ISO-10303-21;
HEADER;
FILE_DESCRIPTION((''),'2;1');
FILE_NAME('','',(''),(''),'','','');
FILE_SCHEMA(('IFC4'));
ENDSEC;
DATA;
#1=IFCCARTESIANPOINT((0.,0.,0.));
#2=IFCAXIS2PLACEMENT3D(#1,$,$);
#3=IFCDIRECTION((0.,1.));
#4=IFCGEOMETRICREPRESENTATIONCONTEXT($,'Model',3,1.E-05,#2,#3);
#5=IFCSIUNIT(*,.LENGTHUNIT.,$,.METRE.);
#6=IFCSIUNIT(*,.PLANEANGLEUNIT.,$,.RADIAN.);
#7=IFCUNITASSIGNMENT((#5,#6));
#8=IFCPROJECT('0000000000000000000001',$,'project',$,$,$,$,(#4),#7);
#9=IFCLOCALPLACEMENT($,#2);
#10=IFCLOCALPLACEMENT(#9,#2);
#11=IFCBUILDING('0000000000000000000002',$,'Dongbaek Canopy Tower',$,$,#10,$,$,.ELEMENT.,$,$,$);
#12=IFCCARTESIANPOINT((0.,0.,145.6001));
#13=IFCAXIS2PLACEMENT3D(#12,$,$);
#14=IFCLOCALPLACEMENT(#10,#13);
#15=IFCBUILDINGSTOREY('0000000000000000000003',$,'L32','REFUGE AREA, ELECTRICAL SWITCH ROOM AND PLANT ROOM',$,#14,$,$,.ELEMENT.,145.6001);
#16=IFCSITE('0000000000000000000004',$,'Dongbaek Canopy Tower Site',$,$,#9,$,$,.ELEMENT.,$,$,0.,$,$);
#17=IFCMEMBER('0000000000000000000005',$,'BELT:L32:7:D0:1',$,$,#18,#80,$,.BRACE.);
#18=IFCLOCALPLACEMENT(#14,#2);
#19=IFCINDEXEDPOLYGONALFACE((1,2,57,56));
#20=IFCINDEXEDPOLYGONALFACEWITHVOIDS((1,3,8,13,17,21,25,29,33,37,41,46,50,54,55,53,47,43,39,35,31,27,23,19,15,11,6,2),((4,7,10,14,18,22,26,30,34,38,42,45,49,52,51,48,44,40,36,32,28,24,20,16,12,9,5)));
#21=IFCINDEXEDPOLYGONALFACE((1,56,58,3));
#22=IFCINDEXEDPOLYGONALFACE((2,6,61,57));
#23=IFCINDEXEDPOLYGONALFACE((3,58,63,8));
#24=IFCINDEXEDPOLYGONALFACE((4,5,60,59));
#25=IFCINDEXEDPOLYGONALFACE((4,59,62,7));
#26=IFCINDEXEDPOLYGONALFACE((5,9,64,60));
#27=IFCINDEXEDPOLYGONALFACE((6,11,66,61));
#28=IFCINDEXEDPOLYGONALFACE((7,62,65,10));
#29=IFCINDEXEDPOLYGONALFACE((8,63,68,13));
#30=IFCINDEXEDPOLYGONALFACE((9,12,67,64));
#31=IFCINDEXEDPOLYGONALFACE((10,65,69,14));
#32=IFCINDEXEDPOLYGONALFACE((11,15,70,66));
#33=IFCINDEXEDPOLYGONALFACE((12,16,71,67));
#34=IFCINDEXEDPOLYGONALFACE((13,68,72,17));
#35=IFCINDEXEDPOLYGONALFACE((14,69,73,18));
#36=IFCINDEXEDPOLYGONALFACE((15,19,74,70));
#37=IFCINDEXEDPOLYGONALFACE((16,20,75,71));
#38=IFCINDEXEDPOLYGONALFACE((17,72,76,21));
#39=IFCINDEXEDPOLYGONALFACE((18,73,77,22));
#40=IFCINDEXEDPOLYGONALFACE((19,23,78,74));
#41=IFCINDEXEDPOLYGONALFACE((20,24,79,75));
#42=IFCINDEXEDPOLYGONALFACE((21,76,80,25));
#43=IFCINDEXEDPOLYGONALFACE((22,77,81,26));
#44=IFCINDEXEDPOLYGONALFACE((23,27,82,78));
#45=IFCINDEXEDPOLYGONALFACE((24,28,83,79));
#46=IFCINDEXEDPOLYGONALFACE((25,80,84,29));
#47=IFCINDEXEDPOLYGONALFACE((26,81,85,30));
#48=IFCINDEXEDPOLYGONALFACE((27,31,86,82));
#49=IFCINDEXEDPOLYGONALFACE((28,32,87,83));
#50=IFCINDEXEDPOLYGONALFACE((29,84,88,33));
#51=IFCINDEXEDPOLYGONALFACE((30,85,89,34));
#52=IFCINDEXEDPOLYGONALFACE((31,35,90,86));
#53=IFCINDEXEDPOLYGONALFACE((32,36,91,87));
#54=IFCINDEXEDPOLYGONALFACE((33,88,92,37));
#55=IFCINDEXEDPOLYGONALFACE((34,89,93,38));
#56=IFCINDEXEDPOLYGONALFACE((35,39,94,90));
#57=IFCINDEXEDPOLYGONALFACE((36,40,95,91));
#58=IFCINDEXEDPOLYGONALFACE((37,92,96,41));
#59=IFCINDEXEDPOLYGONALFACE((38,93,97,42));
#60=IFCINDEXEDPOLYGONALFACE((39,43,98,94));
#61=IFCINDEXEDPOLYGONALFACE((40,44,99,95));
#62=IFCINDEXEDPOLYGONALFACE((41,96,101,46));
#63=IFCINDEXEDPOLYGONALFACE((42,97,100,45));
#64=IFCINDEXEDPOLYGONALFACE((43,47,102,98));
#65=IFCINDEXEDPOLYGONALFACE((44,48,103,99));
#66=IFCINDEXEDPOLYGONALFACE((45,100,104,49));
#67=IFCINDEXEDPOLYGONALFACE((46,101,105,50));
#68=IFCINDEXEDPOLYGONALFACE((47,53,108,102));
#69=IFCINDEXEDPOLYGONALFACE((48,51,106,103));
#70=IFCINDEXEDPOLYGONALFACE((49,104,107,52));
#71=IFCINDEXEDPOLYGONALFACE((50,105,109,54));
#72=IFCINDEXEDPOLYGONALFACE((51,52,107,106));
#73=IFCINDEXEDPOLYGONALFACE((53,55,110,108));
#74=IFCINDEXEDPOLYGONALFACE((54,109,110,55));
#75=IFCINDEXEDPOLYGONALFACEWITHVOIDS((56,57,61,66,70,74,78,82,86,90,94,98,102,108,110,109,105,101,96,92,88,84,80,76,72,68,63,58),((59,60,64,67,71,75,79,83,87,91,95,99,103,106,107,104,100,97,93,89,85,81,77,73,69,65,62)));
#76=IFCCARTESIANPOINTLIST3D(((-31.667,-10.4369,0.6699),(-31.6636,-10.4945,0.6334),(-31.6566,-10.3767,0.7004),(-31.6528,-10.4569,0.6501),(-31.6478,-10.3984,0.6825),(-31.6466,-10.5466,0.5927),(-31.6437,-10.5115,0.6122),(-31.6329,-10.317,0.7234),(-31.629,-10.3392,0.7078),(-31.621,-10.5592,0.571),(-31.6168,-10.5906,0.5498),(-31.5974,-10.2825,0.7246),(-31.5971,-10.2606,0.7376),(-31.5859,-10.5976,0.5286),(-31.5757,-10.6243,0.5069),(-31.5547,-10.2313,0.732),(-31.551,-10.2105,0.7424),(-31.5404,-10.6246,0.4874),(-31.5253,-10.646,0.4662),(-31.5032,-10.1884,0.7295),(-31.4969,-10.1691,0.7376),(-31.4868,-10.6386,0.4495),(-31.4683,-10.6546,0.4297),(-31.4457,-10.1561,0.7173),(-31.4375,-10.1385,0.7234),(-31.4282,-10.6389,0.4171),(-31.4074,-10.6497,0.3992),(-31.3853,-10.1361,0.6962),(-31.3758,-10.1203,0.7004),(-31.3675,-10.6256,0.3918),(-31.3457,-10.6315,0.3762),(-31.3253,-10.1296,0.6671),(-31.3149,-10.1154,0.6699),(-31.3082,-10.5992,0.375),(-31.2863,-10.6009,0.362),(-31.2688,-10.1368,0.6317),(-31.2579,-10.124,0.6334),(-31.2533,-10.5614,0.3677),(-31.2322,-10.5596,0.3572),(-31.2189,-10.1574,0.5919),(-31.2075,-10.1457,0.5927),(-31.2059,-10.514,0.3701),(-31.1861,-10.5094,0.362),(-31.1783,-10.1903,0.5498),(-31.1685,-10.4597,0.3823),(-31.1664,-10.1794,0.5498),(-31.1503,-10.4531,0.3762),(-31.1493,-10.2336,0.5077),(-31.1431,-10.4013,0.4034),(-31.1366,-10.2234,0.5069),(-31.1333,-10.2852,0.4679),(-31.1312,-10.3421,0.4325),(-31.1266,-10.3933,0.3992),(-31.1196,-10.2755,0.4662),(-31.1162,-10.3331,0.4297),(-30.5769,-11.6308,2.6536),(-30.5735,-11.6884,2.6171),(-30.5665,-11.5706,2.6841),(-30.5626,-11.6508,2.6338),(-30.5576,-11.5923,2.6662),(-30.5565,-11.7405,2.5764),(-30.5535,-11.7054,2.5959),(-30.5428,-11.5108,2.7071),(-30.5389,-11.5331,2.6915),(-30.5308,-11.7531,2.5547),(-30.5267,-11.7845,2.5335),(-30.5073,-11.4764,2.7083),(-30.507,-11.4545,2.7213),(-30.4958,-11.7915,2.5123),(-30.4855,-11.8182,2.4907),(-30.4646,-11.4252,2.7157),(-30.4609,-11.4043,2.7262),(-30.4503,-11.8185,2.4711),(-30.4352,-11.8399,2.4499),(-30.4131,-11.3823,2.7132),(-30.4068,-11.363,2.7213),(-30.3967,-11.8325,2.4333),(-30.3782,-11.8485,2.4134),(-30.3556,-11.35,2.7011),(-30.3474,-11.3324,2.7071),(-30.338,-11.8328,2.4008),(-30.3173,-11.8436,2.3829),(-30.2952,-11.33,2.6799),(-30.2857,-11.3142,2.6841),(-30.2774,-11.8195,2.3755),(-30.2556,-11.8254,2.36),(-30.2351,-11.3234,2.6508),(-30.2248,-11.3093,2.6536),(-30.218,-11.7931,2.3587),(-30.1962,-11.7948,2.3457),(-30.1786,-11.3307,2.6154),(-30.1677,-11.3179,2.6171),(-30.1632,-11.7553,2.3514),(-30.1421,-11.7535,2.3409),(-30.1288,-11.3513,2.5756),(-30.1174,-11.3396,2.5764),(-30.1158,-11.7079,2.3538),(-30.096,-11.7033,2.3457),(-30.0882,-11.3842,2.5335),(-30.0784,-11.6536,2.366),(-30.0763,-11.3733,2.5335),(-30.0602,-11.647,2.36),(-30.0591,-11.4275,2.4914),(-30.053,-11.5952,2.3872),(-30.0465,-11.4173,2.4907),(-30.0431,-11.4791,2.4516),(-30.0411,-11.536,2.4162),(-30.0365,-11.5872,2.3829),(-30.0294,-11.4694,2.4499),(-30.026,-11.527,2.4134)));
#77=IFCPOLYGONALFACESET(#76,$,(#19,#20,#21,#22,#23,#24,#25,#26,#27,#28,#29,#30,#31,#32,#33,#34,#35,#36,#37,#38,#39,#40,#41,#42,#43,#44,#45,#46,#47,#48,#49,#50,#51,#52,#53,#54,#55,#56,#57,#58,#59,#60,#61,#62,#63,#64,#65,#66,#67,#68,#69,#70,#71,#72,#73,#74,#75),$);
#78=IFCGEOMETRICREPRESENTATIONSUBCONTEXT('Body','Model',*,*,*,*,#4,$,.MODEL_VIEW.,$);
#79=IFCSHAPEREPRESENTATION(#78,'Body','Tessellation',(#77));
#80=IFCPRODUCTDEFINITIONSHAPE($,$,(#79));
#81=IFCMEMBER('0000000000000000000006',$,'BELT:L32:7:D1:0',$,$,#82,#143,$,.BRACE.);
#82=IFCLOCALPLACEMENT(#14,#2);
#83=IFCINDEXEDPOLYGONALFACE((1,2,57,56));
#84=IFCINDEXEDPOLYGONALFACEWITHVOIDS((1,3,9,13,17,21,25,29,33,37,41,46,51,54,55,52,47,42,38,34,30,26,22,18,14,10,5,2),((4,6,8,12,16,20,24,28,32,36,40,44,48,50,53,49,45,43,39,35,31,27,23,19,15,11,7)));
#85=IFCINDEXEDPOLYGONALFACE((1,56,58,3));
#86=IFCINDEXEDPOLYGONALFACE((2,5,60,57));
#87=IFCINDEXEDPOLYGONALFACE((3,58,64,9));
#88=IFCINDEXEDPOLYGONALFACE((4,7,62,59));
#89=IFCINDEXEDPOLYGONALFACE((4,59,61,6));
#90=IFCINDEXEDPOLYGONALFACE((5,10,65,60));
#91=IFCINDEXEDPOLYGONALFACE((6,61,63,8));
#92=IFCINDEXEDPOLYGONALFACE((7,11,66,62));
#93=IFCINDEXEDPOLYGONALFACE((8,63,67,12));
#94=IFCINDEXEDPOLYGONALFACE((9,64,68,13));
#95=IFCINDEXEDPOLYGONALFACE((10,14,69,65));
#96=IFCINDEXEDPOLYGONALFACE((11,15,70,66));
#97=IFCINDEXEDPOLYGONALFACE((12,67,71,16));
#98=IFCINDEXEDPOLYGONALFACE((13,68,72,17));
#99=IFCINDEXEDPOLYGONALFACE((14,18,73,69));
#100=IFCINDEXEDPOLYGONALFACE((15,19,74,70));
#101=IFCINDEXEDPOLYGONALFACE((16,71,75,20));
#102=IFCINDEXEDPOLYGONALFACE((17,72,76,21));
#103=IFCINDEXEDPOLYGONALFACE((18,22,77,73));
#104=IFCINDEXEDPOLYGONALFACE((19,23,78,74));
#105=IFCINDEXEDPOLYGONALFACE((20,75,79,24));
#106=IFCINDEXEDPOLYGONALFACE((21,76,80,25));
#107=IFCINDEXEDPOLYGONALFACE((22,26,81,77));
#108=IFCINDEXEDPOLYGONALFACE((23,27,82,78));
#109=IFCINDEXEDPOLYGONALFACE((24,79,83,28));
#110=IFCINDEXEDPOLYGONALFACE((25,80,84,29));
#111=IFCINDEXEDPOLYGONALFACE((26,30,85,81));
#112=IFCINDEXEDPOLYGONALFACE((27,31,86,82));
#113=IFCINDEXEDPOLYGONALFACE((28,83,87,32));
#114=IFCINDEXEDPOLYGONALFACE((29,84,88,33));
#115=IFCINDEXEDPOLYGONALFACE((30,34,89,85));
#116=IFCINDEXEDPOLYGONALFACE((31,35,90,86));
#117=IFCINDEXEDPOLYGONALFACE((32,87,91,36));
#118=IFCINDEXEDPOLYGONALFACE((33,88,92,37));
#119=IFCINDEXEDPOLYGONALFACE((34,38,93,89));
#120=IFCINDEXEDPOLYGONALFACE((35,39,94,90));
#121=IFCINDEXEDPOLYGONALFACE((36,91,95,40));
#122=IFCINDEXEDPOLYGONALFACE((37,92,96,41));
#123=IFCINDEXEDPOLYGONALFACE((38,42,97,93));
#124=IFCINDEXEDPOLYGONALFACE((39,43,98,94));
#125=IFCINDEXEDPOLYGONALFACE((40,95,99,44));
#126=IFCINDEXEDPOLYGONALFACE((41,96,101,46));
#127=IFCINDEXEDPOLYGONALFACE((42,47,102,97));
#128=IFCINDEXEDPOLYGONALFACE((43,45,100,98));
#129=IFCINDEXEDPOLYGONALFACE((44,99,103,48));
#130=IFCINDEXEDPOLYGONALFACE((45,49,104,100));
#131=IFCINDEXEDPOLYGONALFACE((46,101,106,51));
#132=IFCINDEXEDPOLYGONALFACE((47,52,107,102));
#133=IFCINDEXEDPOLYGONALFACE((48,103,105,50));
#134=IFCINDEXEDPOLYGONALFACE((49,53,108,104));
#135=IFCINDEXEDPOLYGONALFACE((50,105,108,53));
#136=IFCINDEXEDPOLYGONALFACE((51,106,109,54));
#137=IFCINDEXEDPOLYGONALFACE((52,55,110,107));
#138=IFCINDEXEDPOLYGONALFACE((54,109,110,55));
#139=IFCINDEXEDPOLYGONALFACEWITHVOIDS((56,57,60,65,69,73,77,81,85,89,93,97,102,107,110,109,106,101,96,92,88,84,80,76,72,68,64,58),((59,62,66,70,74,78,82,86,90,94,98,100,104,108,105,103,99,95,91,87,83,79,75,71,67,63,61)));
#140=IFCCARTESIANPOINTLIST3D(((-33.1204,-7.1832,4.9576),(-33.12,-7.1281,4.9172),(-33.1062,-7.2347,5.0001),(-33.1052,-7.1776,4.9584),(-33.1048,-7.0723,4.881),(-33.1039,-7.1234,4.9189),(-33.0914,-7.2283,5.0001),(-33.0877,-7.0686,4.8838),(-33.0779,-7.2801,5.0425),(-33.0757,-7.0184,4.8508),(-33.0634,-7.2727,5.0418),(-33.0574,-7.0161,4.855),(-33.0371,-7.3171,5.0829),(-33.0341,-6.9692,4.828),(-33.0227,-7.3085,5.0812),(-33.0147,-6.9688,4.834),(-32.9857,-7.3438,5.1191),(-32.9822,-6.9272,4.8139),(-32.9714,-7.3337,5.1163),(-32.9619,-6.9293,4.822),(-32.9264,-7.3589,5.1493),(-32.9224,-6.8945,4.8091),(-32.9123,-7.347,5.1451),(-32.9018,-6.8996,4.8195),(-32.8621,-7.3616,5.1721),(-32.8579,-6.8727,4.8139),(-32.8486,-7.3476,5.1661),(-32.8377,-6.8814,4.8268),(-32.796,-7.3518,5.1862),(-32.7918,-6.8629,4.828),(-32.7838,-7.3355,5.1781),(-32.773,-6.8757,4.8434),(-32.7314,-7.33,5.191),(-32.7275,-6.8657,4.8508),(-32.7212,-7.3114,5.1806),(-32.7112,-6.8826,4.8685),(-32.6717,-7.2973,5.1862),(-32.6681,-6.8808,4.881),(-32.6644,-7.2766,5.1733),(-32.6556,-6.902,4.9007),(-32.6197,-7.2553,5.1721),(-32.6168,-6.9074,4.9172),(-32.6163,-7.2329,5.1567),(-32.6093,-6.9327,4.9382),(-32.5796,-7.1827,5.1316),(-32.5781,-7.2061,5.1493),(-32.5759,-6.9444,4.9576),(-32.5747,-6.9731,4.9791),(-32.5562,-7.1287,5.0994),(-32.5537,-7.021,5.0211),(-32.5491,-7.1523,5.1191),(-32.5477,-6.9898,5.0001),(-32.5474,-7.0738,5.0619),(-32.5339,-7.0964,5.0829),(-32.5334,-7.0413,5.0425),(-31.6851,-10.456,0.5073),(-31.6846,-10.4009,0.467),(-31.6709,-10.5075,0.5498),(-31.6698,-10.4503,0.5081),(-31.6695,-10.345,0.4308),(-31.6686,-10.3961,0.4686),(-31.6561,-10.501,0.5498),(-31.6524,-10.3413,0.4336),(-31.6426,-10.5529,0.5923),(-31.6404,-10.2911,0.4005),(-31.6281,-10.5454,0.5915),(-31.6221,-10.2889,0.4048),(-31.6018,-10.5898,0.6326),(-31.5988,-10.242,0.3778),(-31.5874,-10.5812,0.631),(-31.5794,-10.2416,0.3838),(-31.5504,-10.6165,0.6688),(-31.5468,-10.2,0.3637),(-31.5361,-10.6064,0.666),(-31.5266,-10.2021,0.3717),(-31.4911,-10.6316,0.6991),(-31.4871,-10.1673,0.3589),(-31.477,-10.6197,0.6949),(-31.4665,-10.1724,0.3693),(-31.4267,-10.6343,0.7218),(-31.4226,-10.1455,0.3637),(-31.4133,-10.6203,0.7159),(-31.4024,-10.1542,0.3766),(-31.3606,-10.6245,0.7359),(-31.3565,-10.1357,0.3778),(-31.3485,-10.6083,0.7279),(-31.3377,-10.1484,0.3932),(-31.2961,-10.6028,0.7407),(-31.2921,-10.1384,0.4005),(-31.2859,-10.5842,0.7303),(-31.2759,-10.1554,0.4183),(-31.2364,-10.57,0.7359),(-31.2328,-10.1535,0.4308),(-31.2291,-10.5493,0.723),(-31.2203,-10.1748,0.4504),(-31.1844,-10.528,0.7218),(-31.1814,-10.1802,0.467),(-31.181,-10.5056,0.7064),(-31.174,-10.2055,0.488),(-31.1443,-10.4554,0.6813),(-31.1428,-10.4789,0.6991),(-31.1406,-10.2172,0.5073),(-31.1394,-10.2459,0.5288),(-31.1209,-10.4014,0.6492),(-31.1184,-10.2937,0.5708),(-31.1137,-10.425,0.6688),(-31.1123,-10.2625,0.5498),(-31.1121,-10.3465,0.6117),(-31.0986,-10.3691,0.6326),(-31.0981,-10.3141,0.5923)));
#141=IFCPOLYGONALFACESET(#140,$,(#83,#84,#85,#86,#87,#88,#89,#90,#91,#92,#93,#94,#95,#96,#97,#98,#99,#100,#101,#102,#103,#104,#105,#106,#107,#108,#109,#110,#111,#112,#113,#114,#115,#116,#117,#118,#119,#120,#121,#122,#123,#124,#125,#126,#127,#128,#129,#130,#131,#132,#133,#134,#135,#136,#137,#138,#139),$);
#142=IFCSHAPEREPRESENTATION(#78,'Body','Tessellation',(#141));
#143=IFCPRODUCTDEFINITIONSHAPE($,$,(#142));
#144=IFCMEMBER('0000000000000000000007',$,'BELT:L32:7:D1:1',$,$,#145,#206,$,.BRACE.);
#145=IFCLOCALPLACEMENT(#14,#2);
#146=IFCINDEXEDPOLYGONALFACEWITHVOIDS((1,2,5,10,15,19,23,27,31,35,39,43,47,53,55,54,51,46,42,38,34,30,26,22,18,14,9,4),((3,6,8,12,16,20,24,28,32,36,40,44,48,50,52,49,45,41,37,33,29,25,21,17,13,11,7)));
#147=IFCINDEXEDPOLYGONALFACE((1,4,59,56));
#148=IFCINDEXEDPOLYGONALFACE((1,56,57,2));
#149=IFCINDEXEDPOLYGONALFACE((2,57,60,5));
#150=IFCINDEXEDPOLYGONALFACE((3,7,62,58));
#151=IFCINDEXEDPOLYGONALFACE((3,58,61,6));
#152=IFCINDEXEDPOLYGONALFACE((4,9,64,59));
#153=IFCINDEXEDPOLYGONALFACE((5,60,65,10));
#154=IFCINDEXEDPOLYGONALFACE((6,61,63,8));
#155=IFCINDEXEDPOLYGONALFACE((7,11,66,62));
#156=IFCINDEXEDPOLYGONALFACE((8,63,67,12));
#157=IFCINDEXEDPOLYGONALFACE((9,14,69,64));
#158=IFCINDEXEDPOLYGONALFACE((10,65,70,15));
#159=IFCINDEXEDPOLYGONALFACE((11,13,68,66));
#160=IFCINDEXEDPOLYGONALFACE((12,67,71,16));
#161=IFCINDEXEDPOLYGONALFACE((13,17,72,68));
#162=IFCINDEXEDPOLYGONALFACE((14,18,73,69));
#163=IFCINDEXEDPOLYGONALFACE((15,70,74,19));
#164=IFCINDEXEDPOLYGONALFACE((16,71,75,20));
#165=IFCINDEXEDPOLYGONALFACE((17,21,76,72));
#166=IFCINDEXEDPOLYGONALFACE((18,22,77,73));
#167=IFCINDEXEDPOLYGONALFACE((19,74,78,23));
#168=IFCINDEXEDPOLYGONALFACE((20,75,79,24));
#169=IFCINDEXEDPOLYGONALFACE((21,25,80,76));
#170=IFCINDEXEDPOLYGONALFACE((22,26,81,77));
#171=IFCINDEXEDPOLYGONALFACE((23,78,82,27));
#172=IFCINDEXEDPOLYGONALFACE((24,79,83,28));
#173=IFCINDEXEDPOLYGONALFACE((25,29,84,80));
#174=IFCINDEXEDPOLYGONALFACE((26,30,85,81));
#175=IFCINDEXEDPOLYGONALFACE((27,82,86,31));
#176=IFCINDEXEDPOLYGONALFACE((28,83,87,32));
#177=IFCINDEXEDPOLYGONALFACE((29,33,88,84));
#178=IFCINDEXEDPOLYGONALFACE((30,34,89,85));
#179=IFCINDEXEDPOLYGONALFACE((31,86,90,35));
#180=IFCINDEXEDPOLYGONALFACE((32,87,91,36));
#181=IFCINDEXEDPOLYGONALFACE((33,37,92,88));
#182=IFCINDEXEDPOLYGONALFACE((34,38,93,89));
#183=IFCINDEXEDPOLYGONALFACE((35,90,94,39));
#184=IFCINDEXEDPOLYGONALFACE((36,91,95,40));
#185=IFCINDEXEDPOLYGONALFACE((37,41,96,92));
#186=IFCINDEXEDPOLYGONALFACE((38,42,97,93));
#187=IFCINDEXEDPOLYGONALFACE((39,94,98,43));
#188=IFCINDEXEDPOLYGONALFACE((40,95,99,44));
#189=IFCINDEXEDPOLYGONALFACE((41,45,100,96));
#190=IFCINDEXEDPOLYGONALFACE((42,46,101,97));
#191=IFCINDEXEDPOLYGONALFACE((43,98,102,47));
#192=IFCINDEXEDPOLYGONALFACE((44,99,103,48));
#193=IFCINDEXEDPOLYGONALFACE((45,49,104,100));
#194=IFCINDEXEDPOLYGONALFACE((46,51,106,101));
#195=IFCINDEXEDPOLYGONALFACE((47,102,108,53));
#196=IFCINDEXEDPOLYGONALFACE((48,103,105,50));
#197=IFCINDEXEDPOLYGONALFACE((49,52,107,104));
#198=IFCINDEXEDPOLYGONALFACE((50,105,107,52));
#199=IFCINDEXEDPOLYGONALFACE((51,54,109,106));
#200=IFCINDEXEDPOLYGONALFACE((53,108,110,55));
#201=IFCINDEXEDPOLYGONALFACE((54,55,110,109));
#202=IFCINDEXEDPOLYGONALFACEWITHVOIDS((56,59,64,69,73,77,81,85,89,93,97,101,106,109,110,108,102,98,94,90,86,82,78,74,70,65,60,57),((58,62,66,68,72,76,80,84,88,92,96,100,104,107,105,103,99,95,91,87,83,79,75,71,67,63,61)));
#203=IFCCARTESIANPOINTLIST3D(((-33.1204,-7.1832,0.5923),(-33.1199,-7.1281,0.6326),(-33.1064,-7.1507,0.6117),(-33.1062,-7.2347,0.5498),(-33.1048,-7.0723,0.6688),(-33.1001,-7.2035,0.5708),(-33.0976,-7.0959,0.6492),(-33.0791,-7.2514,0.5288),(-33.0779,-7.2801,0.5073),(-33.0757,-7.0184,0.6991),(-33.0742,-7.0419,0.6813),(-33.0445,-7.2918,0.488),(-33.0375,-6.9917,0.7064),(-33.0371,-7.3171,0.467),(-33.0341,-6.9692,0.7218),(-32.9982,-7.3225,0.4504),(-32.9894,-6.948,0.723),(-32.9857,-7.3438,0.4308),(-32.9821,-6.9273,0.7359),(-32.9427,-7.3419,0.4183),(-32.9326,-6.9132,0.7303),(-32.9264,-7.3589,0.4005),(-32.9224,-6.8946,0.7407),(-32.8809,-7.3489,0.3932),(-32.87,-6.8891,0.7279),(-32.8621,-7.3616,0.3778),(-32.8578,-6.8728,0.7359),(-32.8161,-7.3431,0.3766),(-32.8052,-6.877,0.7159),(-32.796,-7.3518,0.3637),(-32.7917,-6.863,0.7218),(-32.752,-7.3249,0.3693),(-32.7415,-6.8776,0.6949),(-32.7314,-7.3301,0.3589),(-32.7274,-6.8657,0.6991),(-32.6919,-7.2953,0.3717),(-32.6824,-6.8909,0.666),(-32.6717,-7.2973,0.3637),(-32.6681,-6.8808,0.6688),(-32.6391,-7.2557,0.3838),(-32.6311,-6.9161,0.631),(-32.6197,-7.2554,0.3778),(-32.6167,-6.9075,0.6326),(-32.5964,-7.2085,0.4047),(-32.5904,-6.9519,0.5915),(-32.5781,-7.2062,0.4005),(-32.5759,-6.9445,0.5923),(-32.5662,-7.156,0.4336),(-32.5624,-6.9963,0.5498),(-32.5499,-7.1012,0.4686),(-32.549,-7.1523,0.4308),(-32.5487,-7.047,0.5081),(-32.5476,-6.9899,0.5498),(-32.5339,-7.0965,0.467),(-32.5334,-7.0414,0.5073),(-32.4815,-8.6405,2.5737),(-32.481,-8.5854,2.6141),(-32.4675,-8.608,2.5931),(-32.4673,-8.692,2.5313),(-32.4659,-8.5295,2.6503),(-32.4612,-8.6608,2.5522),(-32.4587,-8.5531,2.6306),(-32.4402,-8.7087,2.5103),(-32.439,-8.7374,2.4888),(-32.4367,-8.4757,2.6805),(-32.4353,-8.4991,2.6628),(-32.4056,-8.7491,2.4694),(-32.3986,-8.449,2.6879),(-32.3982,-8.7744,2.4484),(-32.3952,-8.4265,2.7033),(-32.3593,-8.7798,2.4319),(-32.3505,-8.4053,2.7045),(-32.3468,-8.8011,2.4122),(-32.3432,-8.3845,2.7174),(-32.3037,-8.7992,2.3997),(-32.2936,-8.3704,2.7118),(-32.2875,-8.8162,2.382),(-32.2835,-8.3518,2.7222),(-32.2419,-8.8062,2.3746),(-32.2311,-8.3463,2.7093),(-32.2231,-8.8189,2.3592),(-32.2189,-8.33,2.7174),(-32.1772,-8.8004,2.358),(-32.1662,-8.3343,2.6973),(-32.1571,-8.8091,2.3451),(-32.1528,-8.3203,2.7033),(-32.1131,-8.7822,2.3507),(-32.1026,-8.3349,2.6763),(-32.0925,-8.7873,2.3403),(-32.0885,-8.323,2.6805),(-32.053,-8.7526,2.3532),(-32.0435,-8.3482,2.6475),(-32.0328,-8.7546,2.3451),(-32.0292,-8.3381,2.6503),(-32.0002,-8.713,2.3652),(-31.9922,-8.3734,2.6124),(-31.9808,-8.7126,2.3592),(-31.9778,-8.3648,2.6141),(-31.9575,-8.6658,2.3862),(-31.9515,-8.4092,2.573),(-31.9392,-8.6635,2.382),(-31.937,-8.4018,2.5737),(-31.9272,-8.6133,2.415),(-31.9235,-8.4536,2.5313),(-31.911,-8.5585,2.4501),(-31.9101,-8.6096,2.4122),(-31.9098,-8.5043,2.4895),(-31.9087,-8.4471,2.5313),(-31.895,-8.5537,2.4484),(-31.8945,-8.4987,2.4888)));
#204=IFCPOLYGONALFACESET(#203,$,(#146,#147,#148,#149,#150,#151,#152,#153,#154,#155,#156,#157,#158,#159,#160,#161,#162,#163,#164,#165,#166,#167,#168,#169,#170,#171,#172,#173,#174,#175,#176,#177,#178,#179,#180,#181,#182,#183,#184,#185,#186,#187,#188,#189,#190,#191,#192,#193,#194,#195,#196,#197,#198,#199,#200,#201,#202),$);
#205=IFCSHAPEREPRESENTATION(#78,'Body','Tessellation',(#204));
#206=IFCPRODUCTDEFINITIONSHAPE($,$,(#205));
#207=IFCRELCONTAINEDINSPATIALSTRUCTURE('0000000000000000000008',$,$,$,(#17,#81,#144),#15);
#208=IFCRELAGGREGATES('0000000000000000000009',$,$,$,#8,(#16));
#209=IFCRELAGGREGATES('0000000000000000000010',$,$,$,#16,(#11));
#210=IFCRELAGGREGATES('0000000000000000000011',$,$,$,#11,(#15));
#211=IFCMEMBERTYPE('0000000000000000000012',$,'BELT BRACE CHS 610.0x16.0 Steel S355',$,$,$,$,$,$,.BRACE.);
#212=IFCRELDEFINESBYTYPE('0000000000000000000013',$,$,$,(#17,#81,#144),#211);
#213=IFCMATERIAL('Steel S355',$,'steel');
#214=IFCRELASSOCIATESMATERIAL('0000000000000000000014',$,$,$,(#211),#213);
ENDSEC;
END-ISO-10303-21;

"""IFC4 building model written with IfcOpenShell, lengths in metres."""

from ifc_helpers import new_model, si_unit, direction, frame, origin, origin_2d, place, context, subcontext, project, spatial, hollow_circle, extrude, material, material_profile, profile_set, type_object, element, save


model = new_model("IFC4")

# Units and contexts
model_context = context("Model", 3, precision=1e-05, world=origin(), true_north=direction((0.0, 1.0)))
body_context = subcontext(model_context, "Body", "Model", "MODEL_VIEW")
ifc_project = project(units=[si_unit("LENGTHUNIT", "METRE"), si_unit("PLANEANGLEUNIT", "RADIAN")], contexts=[model_context])

# Site, building, storey
site_placement = place(None, origin())
site = spatial("IfcSite", under=ifc_project, at=site_placement, Name="Dongbaek Canopy Tower Site", CompositionType="ELEMENT", RefElevation=0.0)
building_placement = place(site_placement, origin())
building = spatial("IfcBuilding", under=site, at=building_placement, Name="Dongbaek Canopy Tower", CompositionType="ELEMENT")
storey_placement = place(building_placement, frame((0.0, 0.0, 145.6001)))
storey = spatial("IfcBuildingStorey", under=building, at=storey_placement, Name="L32", Description="REFUGE AREA, ELECTRICAL SWITCH ROOM AND PLANT ROOM", CompositionType="ELEMENT", Elevation=145.6001)

# Members
ifc_material_1 = material(Name="Steel S355", Category="steel")
ifc_material_profile_1 = material_profile(ifc_material_1, hollow_circle(Radius=0.3049, WallThickness=0.0161, at=origin_2d()), Name="BELT BRACE CHS 610.0x16.0 Steel S355")
ifc_profile_set_1 = profile_set([ifc_material_profile_1], Name="Steel S355")
member_type_1 = type_object("IfcMemberType", Name="BELT BRACE CHS 610.0x16.0 Steel S355", PredefinedType="BRACE", material=ifc_profile_set_1)
member_1_placement = place(storey_placement, frame((-31.3916, -10.385, 0.5498), z_axis=(0.425985, -0.466532, 0.775168), x_axis=(0.738469, 0.674287, 0.0)))
element("IfcMember", 1, at=member_1_placement, inside=storey, type_object=member_type_1, Name="BELT:L32:7:D0:1", PredefinedType="BRACE", context=body_context, shape_type="SweptSolid", body=[
    extrude(hollow_circle(Radius=0.3049, WallThickness=0.0161, at=origin_2d()), origin(), (0.0, 0.0, 1.0), 2.5591),
])
member_2_placement = place(storey_placement, frame((-31.3916, -10.385, 0.5498), z_axis=(-0.251479, 0.57341, 0.779718), x_axis=(-0.915798, -0.401639, 0.0)))
element("IfcMember", 2, at=member_2_placement, inside=storey, type_object=member_type_1, Name="BELT:L32:7:D1:0", PredefinedType="BRACE", context=body_context, shape_type="SweptSolid", body=[
    extrude(hollow_circle(Radius=0.3049, WallThickness=0.0161, at=origin_2d()), origin(), (0.0, 0.0, 1.0), 5.7075),
])
for number, where, z_axis, x_axis, name in (
    (3, (-32.8269, -7.1123, 0.5498), (0.251417, -0.573447, 0.77971), (0.915844, 0.401535, 0.0), "BELT:L32:7:D1:1"),
):
    element("IfcMember", number, at=place(storey_placement, frame(where, z_axis=z_axis, x_axis=x_axis)), inside=storey, type_object=member_type_1, Name=name, PredefinedType="BRACE", context=body_context, shape_type="SweptSolid", body=[
        extrude(hollow_circle(Radius=0.3049, WallThickness=0.0161, at=origin_2d()), origin(), (0.0, 0.0, 1.0), 2.5413),
    ])

save(model, "model.ifc")
